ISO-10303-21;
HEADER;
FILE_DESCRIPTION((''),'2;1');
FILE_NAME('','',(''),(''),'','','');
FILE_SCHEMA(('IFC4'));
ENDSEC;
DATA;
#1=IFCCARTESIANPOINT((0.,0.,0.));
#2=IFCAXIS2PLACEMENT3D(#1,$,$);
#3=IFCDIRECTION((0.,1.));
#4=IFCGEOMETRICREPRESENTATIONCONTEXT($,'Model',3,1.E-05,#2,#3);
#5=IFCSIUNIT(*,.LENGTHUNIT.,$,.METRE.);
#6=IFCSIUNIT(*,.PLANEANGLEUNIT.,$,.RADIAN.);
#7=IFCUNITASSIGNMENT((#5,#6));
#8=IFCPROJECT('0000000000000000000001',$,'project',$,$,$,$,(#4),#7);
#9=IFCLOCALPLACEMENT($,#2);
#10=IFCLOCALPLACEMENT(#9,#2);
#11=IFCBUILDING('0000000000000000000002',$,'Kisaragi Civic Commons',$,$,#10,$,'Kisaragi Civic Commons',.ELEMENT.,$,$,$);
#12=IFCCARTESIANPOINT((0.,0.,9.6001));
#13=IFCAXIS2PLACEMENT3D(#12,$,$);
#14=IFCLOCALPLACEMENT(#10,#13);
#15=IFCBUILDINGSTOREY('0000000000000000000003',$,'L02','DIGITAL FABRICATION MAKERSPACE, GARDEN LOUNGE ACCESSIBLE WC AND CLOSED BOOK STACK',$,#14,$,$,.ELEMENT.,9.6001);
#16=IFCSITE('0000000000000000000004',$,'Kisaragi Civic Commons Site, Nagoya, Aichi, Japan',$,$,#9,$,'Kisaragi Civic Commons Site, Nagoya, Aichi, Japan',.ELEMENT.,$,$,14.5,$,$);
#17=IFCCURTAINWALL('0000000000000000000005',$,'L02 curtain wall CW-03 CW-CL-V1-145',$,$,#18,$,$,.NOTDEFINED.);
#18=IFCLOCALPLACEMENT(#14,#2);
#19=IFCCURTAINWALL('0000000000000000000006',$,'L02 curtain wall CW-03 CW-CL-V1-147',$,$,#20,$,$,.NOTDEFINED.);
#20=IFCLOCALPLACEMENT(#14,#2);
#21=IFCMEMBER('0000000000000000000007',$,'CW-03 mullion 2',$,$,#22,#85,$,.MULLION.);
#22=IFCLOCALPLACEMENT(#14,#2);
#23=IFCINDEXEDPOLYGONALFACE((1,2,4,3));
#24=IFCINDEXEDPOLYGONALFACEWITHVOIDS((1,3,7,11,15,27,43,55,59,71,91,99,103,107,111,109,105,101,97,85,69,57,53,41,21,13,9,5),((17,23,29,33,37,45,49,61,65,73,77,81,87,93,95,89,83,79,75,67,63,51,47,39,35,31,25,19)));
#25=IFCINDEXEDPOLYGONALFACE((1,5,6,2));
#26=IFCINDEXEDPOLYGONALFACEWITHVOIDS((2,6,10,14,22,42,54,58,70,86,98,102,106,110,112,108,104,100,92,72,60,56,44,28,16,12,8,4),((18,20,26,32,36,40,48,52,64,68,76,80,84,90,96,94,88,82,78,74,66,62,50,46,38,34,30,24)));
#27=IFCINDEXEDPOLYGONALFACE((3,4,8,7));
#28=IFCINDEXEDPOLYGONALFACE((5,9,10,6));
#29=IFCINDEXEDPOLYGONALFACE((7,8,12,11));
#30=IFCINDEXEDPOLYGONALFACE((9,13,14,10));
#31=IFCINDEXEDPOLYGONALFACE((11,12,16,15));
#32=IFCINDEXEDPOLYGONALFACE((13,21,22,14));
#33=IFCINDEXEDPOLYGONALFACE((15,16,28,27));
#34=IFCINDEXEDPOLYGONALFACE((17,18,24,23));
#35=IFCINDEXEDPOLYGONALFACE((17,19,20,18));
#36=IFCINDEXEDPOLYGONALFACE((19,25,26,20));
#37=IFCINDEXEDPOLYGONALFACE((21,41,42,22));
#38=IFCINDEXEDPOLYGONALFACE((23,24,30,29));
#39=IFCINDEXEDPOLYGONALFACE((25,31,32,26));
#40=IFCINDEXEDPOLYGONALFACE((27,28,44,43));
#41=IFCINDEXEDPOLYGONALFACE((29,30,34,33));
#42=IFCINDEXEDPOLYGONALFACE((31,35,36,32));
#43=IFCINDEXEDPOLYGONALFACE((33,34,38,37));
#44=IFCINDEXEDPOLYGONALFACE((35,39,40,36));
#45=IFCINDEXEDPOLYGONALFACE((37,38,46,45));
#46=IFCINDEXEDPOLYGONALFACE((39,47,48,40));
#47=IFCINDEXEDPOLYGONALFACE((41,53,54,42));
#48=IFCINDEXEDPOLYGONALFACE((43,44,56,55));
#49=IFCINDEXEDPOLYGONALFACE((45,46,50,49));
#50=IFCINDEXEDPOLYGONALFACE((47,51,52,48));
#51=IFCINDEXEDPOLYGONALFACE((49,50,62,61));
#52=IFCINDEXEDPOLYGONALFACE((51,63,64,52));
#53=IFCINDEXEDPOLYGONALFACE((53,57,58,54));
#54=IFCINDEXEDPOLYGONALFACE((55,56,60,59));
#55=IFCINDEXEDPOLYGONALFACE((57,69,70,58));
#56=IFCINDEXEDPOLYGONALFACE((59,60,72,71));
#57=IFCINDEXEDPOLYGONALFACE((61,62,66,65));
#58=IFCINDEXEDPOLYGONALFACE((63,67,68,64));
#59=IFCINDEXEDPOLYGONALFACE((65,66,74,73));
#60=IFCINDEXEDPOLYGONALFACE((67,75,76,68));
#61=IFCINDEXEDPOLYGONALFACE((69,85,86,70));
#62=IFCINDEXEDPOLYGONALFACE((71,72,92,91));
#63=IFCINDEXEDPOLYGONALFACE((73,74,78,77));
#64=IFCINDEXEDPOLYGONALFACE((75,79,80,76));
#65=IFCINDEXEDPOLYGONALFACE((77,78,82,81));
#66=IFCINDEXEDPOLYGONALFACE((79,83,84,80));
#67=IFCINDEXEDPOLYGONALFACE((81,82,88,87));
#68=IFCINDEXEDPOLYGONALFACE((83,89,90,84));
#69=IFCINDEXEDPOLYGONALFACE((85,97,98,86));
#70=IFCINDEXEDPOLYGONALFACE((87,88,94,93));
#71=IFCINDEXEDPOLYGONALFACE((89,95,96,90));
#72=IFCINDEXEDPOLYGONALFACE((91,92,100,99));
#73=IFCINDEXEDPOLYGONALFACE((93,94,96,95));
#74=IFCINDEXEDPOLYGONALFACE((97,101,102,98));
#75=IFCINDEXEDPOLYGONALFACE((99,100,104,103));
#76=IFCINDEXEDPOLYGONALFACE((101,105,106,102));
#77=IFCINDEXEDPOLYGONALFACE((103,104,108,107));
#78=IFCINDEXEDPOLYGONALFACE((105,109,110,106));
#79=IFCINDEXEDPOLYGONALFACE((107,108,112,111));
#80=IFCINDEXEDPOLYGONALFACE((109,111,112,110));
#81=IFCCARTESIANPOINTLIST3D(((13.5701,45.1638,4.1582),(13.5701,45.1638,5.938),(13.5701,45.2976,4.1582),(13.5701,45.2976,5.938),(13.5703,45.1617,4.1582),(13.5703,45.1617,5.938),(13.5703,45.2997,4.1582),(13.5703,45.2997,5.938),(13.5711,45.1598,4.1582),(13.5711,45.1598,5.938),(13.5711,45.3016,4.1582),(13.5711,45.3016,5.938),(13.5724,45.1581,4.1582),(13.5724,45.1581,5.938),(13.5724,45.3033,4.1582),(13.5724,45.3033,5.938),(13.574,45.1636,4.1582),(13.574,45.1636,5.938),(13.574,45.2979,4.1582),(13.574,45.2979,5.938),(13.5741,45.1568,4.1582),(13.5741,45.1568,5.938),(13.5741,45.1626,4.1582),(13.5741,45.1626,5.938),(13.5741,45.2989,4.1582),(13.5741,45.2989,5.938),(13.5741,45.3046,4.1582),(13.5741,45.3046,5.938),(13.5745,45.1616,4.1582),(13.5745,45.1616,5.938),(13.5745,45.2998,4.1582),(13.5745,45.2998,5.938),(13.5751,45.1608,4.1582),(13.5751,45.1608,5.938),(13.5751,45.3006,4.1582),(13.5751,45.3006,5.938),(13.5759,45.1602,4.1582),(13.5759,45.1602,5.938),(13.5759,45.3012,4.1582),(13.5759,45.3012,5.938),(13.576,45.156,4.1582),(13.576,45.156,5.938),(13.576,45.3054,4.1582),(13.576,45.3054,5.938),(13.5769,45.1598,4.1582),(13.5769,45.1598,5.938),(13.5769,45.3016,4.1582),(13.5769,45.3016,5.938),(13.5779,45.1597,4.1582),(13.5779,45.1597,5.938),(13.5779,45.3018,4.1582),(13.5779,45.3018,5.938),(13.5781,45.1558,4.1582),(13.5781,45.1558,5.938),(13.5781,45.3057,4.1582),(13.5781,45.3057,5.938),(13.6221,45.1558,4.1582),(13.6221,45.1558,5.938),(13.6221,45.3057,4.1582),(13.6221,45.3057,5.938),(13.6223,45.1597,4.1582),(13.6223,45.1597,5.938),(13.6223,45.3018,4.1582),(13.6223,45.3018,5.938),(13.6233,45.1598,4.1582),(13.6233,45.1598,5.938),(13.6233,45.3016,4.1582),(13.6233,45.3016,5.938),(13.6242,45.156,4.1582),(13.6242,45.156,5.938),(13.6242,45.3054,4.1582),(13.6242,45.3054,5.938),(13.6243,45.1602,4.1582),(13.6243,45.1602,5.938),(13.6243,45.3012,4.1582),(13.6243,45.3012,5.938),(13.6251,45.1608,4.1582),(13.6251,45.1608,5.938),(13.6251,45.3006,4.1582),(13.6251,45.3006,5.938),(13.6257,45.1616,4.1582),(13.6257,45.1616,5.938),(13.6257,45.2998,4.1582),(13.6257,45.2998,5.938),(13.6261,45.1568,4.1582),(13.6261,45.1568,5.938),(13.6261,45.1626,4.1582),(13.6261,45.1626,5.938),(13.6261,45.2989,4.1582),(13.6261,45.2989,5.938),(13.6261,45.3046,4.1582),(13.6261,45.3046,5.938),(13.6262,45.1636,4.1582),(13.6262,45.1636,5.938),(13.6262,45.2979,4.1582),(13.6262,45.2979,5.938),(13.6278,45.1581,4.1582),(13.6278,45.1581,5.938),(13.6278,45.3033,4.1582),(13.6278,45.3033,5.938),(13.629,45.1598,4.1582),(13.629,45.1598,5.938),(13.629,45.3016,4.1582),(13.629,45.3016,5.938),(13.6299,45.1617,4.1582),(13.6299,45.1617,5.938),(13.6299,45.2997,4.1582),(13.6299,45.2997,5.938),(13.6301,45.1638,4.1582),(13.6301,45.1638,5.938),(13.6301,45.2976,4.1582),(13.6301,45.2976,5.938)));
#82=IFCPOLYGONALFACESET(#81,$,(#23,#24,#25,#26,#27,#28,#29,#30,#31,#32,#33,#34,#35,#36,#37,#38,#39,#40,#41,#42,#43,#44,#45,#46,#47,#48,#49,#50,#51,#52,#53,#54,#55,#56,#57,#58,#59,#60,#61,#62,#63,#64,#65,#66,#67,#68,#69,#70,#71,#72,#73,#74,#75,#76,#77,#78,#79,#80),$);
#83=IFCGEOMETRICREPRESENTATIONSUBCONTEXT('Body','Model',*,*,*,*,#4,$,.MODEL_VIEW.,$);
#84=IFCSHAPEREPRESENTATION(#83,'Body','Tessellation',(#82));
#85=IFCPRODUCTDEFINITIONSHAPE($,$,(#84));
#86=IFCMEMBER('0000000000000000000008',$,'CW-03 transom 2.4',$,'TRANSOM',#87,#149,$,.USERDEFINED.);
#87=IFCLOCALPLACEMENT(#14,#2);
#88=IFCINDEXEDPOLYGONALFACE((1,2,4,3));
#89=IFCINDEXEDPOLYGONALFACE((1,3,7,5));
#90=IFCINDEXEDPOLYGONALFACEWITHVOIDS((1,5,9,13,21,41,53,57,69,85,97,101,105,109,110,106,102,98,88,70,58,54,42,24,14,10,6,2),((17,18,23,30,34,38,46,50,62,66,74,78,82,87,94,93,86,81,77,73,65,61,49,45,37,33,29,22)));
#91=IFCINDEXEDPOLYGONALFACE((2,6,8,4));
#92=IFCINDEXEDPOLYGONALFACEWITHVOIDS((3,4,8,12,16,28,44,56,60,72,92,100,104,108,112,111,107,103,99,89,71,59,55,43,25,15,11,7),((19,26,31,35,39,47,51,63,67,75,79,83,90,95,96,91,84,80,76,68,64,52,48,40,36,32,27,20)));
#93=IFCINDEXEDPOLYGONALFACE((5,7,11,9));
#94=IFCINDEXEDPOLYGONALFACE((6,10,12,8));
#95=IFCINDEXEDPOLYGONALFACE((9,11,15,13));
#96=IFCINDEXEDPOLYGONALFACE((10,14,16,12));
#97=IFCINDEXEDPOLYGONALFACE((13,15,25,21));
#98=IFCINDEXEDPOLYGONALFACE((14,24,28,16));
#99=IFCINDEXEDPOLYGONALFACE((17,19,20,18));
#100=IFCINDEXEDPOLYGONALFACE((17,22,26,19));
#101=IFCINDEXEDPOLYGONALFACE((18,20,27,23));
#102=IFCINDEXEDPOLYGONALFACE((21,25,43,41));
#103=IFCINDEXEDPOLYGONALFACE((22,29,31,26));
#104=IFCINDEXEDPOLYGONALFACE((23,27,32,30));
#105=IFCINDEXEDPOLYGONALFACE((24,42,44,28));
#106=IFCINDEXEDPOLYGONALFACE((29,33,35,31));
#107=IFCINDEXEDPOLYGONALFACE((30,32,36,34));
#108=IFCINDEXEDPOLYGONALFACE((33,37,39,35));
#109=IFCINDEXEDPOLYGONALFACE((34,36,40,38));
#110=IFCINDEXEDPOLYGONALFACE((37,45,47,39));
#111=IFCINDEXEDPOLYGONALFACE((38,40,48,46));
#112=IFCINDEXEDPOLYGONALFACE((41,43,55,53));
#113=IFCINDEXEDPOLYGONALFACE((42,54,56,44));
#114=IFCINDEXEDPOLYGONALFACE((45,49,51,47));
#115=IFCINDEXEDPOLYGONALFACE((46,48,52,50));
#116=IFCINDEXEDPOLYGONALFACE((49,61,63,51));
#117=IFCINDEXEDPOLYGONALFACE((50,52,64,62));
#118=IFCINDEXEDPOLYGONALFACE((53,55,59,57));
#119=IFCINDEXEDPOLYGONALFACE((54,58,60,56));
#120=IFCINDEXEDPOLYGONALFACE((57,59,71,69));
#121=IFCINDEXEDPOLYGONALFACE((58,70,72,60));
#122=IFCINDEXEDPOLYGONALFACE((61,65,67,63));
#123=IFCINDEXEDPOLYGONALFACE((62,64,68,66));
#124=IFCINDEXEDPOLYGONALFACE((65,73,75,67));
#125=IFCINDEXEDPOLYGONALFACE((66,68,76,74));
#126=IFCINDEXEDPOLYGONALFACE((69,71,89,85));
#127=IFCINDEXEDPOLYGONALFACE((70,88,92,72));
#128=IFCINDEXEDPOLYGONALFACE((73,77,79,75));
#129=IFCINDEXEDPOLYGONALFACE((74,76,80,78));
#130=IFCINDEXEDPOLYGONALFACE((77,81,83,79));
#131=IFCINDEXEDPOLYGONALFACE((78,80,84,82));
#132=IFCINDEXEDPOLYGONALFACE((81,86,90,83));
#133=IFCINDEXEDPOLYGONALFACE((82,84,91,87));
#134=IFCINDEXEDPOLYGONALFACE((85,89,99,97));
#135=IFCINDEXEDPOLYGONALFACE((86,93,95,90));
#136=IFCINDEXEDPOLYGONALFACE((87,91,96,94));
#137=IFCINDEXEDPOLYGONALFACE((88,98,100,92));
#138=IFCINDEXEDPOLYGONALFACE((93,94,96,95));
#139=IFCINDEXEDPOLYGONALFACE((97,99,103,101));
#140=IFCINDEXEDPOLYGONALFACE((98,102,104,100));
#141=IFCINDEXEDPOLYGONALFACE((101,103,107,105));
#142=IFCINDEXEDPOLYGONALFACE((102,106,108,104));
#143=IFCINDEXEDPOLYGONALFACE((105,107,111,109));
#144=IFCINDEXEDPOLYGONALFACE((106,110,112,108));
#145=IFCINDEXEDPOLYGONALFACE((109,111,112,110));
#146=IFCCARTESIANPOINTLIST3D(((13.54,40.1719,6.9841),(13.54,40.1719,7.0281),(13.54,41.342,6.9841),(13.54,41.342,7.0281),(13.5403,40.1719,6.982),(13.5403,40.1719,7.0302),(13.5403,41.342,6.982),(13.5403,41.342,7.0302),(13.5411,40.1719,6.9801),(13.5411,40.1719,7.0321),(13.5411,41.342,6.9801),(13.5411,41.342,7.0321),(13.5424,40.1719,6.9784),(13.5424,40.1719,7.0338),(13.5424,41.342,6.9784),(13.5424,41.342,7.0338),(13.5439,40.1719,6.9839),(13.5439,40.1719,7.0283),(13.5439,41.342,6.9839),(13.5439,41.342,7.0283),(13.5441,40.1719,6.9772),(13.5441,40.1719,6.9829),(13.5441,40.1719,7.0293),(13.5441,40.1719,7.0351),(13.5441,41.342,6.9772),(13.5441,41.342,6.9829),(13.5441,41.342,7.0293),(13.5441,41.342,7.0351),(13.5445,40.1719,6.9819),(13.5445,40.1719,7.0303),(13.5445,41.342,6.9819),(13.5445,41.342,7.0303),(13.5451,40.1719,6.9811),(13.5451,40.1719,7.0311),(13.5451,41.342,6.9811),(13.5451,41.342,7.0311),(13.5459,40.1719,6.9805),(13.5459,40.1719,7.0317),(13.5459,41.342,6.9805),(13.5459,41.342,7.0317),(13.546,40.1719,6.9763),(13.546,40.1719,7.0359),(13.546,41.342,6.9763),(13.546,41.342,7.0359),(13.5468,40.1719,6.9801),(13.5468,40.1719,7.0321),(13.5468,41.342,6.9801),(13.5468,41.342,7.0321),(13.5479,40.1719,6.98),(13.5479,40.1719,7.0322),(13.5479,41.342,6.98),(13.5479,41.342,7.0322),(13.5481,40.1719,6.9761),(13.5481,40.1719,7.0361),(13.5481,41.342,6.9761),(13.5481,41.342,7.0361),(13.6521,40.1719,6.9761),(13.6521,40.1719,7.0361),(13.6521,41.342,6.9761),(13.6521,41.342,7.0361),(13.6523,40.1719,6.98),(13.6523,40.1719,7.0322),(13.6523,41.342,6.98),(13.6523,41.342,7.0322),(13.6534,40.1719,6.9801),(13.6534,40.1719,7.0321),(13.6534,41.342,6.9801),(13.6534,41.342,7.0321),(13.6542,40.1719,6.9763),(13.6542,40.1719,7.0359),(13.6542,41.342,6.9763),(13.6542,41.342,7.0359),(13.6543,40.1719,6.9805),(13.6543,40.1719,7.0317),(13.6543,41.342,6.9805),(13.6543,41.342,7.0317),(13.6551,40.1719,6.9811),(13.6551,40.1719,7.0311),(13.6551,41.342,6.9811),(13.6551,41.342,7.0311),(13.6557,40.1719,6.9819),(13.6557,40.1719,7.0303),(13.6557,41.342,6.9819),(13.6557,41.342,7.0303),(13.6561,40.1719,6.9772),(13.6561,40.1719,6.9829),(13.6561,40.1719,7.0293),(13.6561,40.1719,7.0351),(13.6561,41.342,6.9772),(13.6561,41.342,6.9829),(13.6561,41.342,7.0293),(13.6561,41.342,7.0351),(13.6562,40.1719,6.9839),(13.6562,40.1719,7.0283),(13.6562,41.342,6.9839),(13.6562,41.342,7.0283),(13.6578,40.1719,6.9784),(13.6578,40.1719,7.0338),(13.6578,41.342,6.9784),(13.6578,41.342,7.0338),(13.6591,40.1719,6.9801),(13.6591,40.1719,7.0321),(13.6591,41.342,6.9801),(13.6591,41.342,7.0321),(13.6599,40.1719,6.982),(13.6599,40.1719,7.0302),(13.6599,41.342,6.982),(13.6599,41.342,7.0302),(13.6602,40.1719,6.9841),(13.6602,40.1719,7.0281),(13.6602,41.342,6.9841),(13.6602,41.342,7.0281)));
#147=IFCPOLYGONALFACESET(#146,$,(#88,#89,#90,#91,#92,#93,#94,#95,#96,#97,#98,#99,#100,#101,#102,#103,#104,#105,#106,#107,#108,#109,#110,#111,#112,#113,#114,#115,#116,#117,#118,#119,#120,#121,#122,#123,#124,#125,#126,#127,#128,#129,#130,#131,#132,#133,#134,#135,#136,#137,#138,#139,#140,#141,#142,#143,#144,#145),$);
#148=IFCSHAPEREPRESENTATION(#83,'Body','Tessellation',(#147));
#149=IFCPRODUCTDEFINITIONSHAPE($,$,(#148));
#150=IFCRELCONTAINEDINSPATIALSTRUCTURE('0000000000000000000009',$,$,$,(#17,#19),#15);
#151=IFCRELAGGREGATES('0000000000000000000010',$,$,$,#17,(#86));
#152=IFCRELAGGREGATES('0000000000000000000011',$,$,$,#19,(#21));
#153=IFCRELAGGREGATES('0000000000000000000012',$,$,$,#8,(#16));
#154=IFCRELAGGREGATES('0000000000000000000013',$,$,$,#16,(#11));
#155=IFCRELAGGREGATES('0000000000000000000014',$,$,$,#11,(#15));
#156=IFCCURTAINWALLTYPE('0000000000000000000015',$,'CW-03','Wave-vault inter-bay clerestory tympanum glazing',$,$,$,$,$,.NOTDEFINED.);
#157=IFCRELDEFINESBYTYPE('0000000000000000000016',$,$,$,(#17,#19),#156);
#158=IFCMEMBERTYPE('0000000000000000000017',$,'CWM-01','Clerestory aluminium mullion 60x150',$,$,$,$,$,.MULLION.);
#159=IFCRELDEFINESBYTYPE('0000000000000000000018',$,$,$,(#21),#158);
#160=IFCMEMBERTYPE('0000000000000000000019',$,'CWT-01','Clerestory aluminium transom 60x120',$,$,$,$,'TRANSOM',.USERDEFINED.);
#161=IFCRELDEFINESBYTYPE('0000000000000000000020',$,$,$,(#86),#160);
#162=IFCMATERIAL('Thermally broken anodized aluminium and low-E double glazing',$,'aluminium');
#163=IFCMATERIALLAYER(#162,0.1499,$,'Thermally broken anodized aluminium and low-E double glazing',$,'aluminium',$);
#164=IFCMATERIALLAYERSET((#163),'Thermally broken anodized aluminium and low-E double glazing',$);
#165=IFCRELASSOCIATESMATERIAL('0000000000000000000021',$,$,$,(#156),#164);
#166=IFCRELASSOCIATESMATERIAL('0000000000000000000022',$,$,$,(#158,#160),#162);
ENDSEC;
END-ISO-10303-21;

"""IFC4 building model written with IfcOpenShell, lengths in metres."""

from ifc_helpers import new_model, si_unit, direction, frame, origin, origin_2d, place, context, subcontext, project, spatial, hollow_rectangle, extrude, material, layer, layer_set, material_profile, profile_set, type_object, element, aggregate, save


model = new_model("IFC4")

# Units and contexts
model_context = context("Model", 3, precision=1e-05, world=origin(), true_north=direction((0.0, 1.0)))
body_context = subcontext(model_context, "Body", "Model", "MODEL_VIEW")
ifc_project = project(units=[si_unit("LENGTHUNIT", "METRE"), si_unit("PLANEANGLEUNIT", "RADIAN")], contexts=[model_context])

# Site, building, storey
site_placement = place(None, origin())
site = spatial("IfcSite", under=ifc_project, at=site_placement, Name="Kisaragi Civic Commons Site, Nagoya, Aichi, Japan", LongName="Kisaragi Civic Commons Site, Nagoya, Aichi, Japan", CompositionType="ELEMENT", RefElevation=14.5)
building_placement = place(site_placement, origin())
building = spatial("IfcBuilding", under=site, at=building_placement, Name="Kisaragi Civic Commons", LongName="Kisaragi Civic Commons", CompositionType="ELEMENT")
storey_placement = place(building_placement, frame((0.0, 0.0, 9.6001)))
storey = spatial("IfcBuildingStorey", under=building, at=storey_placement, Name="L02", Description="DIGITAL FABRICATION MAKERSPACE, GARDEN LOUNGE ACCESSIBLE WC AND CLOSED BOOK STACK", CompositionType="ELEMENT", Elevation=9.6001)

# Curtain wall
ifc_material_1 = material(Name="Thermally broken anodized aluminium and low-E double glazing", Category="aluminium")
ifc_layer_1 = layer(ifc_material_1, 0.1499, Name="Thermally broken anodized aluminium and low-E double glazing", Category="aluminium")
ifc_layer_set_1 = layer_set([ifc_layer_1], Name="Thermally broken anodized aluminium and low-E double glazing")
curtain_wall_type = type_object("IfcCurtainWallType", Name="CW-03", Description="Wave-vault inter-bay clerestory tympanum glazing", PredefinedType="NOTDEFINED", material=ifc_layer_set_1)
curtain_wall_1_placement = place(storey_placement, origin())
curtain_wall_1 = element("IfcCurtainWall", 1, at=curtain_wall_1_placement, inside=storey, type_object=curtain_wall_type, Name="L02 curtain wall CW-03 CW-CL-V1-145", PredefinedType="NOTDEFINED")
ifc_material_profile_1 = material_profile(ifc_material_1, hollow_rectangle(XDim=0.0601, YDim=0.1499, WallThickness=0.0039, InnerFilletRadius=0.0039, OuterFilletRadius=0.0081, at=origin_2d()), Name="CWM-60x150x4", Category="aluminium")
ifc_profile_set_1 = profile_set([ifc_material_profile_1], Name="Thermally broken anodized aluminium and low-E double glazing")
member_type_1 = type_object("IfcMemberType", Name="CWM-01", Description="Clerestory aluminium mullion 60x150", PredefinedType="MULLION", material=ifc_profile_set_1)

# Curtain wall, member
curtain_wall_2_placement = place(storey_placement, origin())
curtain_wall_2 = element("IfcCurtainWall", 2, at=curtain_wall_2_placement, inside=storey, type_object=curtain_wall_type, Name="L02 curtain wall CW-03 CW-CL-V1-147", PredefinedType="NOTDEFINED")
member_1_placement = place(storey_placement, frame((13.6001, 45.2307, 4.1582), z_axis=(0.0, 0.0, 1.0), x_axis=(-1.0, 0.0, 0.0)))
member_1 = element("IfcMember", 3, at=member_1_placement, type_object=member_type_1, Name="CW-03 mullion 2", PredefinedType="MULLION", context=body_context, shape_type="SweptSolid", body=[
    extrude(hollow_rectangle(XDim=0.0601, YDim=0.1499, WallThickness=0.0039, InnerFilletRadius=0.0039, OuterFilletRadius=0.0081, at=origin_2d()), origin(), (0.0, 0.0, 1.0), 1.7798),
])

# Member
ifc_material_profile_2 = material_profile(ifc_material_1, hollow_rectangle(XDim=0.1201, YDim=0.0601, WallThickness=0.0039, InnerFilletRadius=0.0039, OuterFilletRadius=0.0081, at=origin_2d()), Name="CWT-60x120x4", Category="aluminium")
ifc_profile_set_2 = profile_set([ifc_material_profile_2], Name="Thermally broken anodized aluminium and low-E double glazing")
member_type_2 = type_object("IfcMemberType", Name="CWT-01", Description="Clerestory aluminium transom 60x120", ElementType="TRANSOM", PredefinedType="USERDEFINED", material=ifc_profile_set_2)
member_2_placement = place(storey_placement, frame((13.6001, 40.1719, 7.0061), z_axis=(0.0, 1.0, 0.0), x_axis=(-1.0, 0.0, 0.0)))
member_2 = element("IfcMember", 4, at=member_2_placement, type_object=member_type_2, Name="CW-03 transom 2.4", ObjectType="TRANSOM", PredefinedType="USERDEFINED", context=body_context, shape_type="SweptSolid", body=[
    extrude(hollow_rectangle(XDim=0.1201, YDim=0.0601, WallThickness=0.0039, InnerFilletRadius=0.0039, OuterFilletRadius=0.0081, at=origin_2d()), origin(), (0.0, 0.0, 1.0), 1.1702),
])

aggregate(curtain_wall_1, [member_2])
aggregate(curtain_wall_2, [member_1])

save(model, "model.ifc")
